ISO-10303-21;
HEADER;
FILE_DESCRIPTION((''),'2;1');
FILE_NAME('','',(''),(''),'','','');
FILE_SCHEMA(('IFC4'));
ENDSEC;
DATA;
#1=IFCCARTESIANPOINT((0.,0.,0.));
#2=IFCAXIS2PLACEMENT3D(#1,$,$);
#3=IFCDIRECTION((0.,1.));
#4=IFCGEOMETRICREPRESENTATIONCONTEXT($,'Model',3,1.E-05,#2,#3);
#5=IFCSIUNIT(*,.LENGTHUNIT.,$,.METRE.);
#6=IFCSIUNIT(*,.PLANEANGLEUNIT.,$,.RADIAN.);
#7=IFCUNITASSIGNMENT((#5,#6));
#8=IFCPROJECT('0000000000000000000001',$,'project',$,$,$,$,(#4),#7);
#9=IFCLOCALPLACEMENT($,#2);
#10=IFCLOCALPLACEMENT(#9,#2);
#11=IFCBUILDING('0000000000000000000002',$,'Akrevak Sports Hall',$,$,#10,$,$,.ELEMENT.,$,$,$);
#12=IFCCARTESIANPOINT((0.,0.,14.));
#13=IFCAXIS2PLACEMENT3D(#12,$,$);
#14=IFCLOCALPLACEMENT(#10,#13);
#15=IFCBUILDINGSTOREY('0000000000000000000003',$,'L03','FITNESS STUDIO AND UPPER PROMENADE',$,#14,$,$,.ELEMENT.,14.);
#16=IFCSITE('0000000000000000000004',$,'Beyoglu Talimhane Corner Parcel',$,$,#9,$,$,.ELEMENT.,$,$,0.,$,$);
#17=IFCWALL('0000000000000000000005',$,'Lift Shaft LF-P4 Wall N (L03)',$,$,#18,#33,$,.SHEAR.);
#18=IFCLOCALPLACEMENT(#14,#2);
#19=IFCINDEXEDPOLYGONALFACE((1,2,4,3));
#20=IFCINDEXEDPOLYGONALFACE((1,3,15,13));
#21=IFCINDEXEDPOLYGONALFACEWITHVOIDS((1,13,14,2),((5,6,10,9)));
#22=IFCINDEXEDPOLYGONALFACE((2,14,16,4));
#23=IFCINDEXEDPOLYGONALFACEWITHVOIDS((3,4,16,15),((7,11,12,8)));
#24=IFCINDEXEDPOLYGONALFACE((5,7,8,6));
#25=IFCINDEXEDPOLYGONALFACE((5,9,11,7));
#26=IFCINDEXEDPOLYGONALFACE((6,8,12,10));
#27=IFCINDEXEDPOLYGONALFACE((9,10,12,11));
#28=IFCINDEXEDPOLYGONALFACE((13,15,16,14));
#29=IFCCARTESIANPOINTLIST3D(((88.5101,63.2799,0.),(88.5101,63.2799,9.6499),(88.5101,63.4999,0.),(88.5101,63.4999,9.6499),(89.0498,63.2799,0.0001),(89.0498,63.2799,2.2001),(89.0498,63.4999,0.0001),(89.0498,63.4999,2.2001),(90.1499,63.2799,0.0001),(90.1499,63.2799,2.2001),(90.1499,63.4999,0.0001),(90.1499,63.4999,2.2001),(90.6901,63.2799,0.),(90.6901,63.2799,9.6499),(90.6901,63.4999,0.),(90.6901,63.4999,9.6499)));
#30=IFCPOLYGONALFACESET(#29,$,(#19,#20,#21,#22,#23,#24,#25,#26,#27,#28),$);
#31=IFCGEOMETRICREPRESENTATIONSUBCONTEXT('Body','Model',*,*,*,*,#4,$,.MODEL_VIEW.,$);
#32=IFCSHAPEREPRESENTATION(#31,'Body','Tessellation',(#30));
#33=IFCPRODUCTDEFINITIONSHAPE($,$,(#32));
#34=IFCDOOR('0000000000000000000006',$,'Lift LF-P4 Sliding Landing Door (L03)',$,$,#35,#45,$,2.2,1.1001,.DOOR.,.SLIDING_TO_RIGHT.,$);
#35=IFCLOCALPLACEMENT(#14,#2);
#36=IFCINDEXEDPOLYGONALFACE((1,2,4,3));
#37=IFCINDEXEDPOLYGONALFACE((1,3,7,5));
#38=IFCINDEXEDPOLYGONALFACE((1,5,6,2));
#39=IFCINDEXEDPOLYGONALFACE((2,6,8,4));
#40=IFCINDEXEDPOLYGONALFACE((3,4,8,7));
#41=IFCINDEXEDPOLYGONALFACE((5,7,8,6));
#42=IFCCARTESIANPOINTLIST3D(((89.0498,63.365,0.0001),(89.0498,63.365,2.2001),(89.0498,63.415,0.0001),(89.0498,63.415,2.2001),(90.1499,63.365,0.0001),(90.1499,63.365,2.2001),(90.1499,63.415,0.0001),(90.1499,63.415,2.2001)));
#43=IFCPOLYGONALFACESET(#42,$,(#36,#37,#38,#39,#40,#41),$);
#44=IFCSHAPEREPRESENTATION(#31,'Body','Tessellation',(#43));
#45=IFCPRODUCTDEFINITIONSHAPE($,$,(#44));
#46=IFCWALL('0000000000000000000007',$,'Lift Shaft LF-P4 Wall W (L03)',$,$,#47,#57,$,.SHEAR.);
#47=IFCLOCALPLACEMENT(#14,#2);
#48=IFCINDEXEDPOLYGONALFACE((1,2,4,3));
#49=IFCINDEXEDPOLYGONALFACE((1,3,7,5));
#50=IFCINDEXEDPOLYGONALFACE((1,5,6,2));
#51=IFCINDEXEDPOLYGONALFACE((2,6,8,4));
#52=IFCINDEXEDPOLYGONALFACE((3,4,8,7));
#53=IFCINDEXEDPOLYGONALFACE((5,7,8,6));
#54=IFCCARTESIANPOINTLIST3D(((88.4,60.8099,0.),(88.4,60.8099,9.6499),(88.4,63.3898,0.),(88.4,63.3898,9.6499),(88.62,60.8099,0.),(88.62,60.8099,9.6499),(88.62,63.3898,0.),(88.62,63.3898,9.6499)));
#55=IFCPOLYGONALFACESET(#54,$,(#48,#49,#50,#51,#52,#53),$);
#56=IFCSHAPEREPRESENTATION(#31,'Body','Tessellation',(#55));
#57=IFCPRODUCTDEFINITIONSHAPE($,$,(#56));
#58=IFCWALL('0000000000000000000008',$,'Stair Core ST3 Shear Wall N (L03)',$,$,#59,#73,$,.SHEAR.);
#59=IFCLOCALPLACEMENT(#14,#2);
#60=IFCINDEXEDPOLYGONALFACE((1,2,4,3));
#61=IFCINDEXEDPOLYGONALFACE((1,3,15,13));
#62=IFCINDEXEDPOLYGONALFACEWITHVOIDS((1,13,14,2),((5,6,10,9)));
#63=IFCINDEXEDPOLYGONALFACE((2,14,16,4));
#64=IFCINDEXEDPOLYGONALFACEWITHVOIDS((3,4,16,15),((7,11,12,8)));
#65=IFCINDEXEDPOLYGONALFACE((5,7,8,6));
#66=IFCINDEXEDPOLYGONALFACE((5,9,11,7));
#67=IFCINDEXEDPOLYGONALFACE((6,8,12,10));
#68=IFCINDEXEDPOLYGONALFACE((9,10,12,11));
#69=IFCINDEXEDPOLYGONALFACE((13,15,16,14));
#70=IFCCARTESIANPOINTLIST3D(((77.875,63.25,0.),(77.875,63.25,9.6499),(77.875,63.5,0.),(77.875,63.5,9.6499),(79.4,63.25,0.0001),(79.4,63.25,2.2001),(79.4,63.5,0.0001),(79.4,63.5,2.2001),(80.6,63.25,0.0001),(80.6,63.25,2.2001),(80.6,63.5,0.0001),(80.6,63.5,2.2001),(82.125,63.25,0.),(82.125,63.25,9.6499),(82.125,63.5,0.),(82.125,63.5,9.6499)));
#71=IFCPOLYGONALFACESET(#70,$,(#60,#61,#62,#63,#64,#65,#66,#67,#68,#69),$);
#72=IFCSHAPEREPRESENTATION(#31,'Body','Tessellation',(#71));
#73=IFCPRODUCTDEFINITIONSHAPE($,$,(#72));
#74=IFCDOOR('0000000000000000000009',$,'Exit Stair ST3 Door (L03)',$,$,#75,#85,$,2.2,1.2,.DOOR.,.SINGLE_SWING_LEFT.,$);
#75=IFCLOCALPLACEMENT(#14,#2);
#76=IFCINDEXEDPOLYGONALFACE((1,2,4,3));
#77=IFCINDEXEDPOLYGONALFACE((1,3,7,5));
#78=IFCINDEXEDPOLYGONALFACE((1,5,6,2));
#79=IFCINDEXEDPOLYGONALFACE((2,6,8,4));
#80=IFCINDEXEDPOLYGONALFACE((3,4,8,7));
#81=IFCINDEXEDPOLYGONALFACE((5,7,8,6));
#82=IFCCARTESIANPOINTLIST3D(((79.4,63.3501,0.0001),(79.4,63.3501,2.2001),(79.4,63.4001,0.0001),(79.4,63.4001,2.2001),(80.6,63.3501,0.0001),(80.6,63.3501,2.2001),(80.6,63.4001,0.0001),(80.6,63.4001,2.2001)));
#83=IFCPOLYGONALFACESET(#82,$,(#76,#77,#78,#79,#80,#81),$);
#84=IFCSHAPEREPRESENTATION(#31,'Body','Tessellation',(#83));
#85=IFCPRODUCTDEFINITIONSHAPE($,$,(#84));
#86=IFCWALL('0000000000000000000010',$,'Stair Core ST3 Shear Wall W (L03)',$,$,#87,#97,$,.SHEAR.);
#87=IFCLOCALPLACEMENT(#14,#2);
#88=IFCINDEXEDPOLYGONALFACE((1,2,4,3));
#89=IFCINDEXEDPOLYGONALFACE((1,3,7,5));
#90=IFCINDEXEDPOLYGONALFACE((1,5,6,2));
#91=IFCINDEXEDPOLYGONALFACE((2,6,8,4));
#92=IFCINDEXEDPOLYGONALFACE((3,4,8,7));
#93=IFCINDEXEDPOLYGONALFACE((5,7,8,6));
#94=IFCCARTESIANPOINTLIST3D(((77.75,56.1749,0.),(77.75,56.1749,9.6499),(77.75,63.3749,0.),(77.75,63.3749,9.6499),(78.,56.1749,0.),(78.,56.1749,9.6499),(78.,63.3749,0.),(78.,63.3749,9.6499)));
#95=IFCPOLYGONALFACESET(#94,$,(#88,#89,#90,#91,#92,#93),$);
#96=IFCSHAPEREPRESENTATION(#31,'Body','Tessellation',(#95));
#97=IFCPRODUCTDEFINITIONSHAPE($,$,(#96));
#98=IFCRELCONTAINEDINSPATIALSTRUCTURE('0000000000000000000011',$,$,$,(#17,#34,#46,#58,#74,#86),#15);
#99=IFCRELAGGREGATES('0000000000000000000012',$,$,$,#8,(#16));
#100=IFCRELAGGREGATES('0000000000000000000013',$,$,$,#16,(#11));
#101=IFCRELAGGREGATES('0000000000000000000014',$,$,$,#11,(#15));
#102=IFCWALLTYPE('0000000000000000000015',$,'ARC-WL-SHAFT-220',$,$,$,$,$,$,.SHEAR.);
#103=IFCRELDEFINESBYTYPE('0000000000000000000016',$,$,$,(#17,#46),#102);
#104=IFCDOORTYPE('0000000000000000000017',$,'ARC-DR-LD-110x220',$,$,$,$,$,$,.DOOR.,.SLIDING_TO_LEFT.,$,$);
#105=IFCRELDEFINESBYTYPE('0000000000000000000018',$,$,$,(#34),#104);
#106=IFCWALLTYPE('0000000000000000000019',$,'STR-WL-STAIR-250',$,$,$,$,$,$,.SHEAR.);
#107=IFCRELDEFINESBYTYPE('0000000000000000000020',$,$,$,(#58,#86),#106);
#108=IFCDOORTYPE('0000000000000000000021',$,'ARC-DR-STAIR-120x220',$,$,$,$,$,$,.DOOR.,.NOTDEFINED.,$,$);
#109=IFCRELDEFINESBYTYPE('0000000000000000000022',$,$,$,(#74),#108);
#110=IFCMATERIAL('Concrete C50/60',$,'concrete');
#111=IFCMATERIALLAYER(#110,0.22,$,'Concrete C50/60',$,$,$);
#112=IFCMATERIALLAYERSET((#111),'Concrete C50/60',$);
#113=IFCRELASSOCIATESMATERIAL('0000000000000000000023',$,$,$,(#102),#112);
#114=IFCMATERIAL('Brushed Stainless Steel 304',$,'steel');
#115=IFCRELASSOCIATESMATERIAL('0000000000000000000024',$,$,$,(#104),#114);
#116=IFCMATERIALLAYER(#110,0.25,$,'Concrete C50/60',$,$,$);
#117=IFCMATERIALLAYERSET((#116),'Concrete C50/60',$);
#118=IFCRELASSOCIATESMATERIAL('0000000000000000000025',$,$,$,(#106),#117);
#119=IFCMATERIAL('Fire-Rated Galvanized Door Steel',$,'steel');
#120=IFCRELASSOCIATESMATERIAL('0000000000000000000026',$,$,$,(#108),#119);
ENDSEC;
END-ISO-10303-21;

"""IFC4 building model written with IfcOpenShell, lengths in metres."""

from ifc_helpers import new_model, si_unit, direction, frame, frame_2d, origin, place, context, subcontext, project, spatial, rectangle, extrude, material, layer, layer_set, type_object, element, fill, save


model = new_model("IFC4")

# Units and contexts
model_context = context("Model", 3, precision=1e-05, world=origin(), true_north=direction((0.0, 1.0)))
body_context = subcontext(model_context, "Body", "Model", "MODEL_VIEW")
ifc_project = project(units=[si_unit("LENGTHUNIT", "METRE"), si_unit("PLANEANGLEUNIT", "RADIAN")], contexts=[model_context])

# Site, building, storey
site_placement = place(None, origin())
site = spatial("IfcSite", under=ifc_project, at=site_placement, Name="Beyoglu Talimhane Corner Parcel", CompositionType="ELEMENT", RefElevation=0.0)
building_placement = place(site_placement, origin())
building = spatial("IfcBuilding", under=site, at=building_placement, Name="Akrevak Sports Hall", CompositionType="ELEMENT")
storey_placement = place(building_placement, frame((0.0, 0.0, 14.0)))
storey = spatial("IfcBuildingStorey", under=building, at=storey_placement, Name="L03", Description="FITNESS STUDIO AND UPPER PROMENADE", CompositionType="ELEMENT", Elevation=14.0)

# Shared definitions
ifc_material_1 = material(Name="Concrete C50/60", Category="concrete")

# Shared definitions
ifc_layer_1 = layer(ifc_material_1, 0.22, Name="Concrete C50/60")
ifc_layer_set_1 = layer_set([ifc_layer_1], Name="Concrete C50/60")
wall_type_1 = type_object("IfcWallType", Name="ARC-WL-SHAFT-220", PredefinedType="SHEAR", material=ifc_layer_set_1)
ifc_material_2 = material(Name="Brushed Stainless Steel 304", Category="steel")
door_type_1 = type_object("IfcDoorType", Name="ARC-DR-LD-110x220", OperationType="SLIDING_TO_LEFT", PredefinedType="DOOR", material=ifc_material_2)

# Wall, opening, door
wall_1_placement = place(storey_placement, frame((90.6899, 63.3899, 0.0), z_axis=(0.0, 0.0, 1.0), x_axis=(-1.0, 0.0, 0.0)))
wall_1 = element("IfcWall", 1, at=wall_1_placement, inside=storey, type_object=wall_type_1, Name="Lift Shaft LF-P4 Wall N (L03)", PredefinedType="SHEAR", context=body_context, shape_type="SweptSolid", body=[
    extrude(rectangle(XDim=2.1799, YDim=0.22, at=frame_2d((1.0898, 0.0))), origin(), (0.0, 0.0, 1.0), 9.6499),
])
opening_1_placement = place(wall_1_placement, frame((0.54, 0.0, 0.0)))
opening_1 = element("IfcOpeningElement", 2, at=opening_1_placement, cuts=wall_1, PredefinedType="OPENING", context=body_context, shape_type="SweptSolid", body=[
    extrude(rectangle(XDim=1.1001, YDim=2.2, at=frame_2d((0.55, 1.1001))), frame((0.0, 0.1221, 0.0), z_axis=(0.0, -1.0, 0.0), x_axis=(1.0, 0.0, 0.0)), (0.0, 0.0, 1.0), 0.2439),
])
door_1_placement = place(opening_1_placement, origin())
door_1 = element("IfcDoor", 3, at=door_1_placement, inside=storey, type_object=door_type_1, Name="Lift LF-P4 Sliding Landing Door (L03)", OperationType="SLIDING_TO_RIGHT", OverallHeight=2.2, OverallWidth=1.1001, PredefinedType="DOOR", context=body_context, shape_type="SweptSolid", body=[
    extrude(rectangle(XDim=1.1001, YDim=2.2, at=frame_2d((0.55, 1.1001))), frame((0.0, 0.0249, 0.0), z_axis=(0.0, -1.0, 0.0), x_axis=(1.0, 0.0, 0.0)), (0.0, 0.0, 1.0), 0.05),
])
fill(opening_1, door_1)

# Wall
wall_2_placement = place(storey_placement, frame((88.51, 63.3899, 0.0), z_axis=(0.0, 0.0, 1.0), x_axis=(0.0, -1.0, 0.0)))
element("IfcWall", 4, at=wall_2_placement, inside=storey, type_object=wall_type_1, Name="Lift Shaft LF-P4 Wall W (L03)", PredefinedType="SHEAR", context=body_context, shape_type="SweptSolid", body=[
    extrude(rectangle(XDim=2.5798, YDim=0.22, at=frame_2d((1.29, 0.0))), origin(), (0.0, 0.0, 1.0), 9.6499),
])

# Wall, opening, door
ifc_layer_2 = layer(ifc_material_1, 0.25, Name="Concrete C50/60")
ifc_layer_set_2 = layer_set([ifc_layer_2], Name="Concrete C50/60")
wall_type_2 = type_object("IfcWallType", Name="STR-WL-STAIR-250", PredefinedType="SHEAR", material=ifc_layer_set_2)
wall_3_placement = place(storey_placement, frame((82.125, 63.375, 0.0), z_axis=(0.0, 0.0, 1.0), x_axis=(-1.0, 0.0, 0.0)))
wall_3 = element("IfcWall", 5, at=wall_3_placement, inside=storey, type_object=wall_type_2, Name="Stair Core ST3 Shear Wall N (L03)", PredefinedType="SHEAR", context=body_context, shape_type="SweptSolid", body=[
    extrude(rectangle(XDim=4.25, YDim=0.25, at=frame_2d((2.125, 0.0))), origin(), (0.0, 0.0, 1.0), 9.6499),
])
opening_2_placement = place(wall_3_placement, frame((1.5249, 0.0, 0.0)))
opening_2 = element("IfcOpeningElement", 6, at=opening_2_placement, cuts=wall_3, PredefinedType="OPENING", context=body_context, shape_type="SweptSolid", body=[
    extrude(rectangle(XDim=1.2, YDim=2.2, at=frame_2d((0.6001, 1.1001))), frame((0.0, 0.137, 0.0), z_axis=(0.0, -1.0, 0.0), x_axis=(1.0, 0.0, 0.0)), (0.0, 0.0, 1.0), 0.2739),
])
ifc_material_3 = material(Name="Fire-Rated Galvanized Door Steel", Category="steel")
door_type_2 = type_object("IfcDoorType", Name="ARC-DR-STAIR-120x220", OperationType="NOTDEFINED", PredefinedType="DOOR", material=ifc_material_3)
door_2_placement = place(opening_2_placement, origin())
door_2 = element("IfcDoor", 7, at=door_2_placement, inside=storey, type_object=door_type_2, Name="Exit Stair ST3 Door (L03)", OperationType="SINGLE_SWING_LEFT", OverallHeight=2.2, OverallWidth=1.2, PredefinedType="DOOR", context=body_context, shape_type="SweptSolid", body=[
    extrude(rectangle(XDim=1.2, YDim=2.2, at=frame_2d((0.6001, 1.1001))), frame((0.0, 0.0249, 0.0), z_axis=(0.0, -1.0, 0.0), x_axis=(1.0, 0.0, 0.0)), (0.0, 0.0, 1.0), 0.05),
])
fill(opening_2, door_2)

# Wall
wall_4_placement = place(storey_placement, frame((77.875, 63.375, 0.0), z_axis=(0.0, 0.0, 1.0), x_axis=(0.0, -1.0, 0.0)))
element("IfcWall", 8, at=wall_4_placement, inside=storey, type_object=wall_type_2, Name="Stair Core ST3 Shear Wall W (L03)", PredefinedType="SHEAR", context=body_context, shape_type="SweptSolid", body=[
    extrude(rectangle(XDim=7.2, YDim=0.25, at=frame_2d((3.6001, 0.0))), origin(), (0.0, 0.0, 1.0), 9.6499),
])

save(model, "model.ifc")
